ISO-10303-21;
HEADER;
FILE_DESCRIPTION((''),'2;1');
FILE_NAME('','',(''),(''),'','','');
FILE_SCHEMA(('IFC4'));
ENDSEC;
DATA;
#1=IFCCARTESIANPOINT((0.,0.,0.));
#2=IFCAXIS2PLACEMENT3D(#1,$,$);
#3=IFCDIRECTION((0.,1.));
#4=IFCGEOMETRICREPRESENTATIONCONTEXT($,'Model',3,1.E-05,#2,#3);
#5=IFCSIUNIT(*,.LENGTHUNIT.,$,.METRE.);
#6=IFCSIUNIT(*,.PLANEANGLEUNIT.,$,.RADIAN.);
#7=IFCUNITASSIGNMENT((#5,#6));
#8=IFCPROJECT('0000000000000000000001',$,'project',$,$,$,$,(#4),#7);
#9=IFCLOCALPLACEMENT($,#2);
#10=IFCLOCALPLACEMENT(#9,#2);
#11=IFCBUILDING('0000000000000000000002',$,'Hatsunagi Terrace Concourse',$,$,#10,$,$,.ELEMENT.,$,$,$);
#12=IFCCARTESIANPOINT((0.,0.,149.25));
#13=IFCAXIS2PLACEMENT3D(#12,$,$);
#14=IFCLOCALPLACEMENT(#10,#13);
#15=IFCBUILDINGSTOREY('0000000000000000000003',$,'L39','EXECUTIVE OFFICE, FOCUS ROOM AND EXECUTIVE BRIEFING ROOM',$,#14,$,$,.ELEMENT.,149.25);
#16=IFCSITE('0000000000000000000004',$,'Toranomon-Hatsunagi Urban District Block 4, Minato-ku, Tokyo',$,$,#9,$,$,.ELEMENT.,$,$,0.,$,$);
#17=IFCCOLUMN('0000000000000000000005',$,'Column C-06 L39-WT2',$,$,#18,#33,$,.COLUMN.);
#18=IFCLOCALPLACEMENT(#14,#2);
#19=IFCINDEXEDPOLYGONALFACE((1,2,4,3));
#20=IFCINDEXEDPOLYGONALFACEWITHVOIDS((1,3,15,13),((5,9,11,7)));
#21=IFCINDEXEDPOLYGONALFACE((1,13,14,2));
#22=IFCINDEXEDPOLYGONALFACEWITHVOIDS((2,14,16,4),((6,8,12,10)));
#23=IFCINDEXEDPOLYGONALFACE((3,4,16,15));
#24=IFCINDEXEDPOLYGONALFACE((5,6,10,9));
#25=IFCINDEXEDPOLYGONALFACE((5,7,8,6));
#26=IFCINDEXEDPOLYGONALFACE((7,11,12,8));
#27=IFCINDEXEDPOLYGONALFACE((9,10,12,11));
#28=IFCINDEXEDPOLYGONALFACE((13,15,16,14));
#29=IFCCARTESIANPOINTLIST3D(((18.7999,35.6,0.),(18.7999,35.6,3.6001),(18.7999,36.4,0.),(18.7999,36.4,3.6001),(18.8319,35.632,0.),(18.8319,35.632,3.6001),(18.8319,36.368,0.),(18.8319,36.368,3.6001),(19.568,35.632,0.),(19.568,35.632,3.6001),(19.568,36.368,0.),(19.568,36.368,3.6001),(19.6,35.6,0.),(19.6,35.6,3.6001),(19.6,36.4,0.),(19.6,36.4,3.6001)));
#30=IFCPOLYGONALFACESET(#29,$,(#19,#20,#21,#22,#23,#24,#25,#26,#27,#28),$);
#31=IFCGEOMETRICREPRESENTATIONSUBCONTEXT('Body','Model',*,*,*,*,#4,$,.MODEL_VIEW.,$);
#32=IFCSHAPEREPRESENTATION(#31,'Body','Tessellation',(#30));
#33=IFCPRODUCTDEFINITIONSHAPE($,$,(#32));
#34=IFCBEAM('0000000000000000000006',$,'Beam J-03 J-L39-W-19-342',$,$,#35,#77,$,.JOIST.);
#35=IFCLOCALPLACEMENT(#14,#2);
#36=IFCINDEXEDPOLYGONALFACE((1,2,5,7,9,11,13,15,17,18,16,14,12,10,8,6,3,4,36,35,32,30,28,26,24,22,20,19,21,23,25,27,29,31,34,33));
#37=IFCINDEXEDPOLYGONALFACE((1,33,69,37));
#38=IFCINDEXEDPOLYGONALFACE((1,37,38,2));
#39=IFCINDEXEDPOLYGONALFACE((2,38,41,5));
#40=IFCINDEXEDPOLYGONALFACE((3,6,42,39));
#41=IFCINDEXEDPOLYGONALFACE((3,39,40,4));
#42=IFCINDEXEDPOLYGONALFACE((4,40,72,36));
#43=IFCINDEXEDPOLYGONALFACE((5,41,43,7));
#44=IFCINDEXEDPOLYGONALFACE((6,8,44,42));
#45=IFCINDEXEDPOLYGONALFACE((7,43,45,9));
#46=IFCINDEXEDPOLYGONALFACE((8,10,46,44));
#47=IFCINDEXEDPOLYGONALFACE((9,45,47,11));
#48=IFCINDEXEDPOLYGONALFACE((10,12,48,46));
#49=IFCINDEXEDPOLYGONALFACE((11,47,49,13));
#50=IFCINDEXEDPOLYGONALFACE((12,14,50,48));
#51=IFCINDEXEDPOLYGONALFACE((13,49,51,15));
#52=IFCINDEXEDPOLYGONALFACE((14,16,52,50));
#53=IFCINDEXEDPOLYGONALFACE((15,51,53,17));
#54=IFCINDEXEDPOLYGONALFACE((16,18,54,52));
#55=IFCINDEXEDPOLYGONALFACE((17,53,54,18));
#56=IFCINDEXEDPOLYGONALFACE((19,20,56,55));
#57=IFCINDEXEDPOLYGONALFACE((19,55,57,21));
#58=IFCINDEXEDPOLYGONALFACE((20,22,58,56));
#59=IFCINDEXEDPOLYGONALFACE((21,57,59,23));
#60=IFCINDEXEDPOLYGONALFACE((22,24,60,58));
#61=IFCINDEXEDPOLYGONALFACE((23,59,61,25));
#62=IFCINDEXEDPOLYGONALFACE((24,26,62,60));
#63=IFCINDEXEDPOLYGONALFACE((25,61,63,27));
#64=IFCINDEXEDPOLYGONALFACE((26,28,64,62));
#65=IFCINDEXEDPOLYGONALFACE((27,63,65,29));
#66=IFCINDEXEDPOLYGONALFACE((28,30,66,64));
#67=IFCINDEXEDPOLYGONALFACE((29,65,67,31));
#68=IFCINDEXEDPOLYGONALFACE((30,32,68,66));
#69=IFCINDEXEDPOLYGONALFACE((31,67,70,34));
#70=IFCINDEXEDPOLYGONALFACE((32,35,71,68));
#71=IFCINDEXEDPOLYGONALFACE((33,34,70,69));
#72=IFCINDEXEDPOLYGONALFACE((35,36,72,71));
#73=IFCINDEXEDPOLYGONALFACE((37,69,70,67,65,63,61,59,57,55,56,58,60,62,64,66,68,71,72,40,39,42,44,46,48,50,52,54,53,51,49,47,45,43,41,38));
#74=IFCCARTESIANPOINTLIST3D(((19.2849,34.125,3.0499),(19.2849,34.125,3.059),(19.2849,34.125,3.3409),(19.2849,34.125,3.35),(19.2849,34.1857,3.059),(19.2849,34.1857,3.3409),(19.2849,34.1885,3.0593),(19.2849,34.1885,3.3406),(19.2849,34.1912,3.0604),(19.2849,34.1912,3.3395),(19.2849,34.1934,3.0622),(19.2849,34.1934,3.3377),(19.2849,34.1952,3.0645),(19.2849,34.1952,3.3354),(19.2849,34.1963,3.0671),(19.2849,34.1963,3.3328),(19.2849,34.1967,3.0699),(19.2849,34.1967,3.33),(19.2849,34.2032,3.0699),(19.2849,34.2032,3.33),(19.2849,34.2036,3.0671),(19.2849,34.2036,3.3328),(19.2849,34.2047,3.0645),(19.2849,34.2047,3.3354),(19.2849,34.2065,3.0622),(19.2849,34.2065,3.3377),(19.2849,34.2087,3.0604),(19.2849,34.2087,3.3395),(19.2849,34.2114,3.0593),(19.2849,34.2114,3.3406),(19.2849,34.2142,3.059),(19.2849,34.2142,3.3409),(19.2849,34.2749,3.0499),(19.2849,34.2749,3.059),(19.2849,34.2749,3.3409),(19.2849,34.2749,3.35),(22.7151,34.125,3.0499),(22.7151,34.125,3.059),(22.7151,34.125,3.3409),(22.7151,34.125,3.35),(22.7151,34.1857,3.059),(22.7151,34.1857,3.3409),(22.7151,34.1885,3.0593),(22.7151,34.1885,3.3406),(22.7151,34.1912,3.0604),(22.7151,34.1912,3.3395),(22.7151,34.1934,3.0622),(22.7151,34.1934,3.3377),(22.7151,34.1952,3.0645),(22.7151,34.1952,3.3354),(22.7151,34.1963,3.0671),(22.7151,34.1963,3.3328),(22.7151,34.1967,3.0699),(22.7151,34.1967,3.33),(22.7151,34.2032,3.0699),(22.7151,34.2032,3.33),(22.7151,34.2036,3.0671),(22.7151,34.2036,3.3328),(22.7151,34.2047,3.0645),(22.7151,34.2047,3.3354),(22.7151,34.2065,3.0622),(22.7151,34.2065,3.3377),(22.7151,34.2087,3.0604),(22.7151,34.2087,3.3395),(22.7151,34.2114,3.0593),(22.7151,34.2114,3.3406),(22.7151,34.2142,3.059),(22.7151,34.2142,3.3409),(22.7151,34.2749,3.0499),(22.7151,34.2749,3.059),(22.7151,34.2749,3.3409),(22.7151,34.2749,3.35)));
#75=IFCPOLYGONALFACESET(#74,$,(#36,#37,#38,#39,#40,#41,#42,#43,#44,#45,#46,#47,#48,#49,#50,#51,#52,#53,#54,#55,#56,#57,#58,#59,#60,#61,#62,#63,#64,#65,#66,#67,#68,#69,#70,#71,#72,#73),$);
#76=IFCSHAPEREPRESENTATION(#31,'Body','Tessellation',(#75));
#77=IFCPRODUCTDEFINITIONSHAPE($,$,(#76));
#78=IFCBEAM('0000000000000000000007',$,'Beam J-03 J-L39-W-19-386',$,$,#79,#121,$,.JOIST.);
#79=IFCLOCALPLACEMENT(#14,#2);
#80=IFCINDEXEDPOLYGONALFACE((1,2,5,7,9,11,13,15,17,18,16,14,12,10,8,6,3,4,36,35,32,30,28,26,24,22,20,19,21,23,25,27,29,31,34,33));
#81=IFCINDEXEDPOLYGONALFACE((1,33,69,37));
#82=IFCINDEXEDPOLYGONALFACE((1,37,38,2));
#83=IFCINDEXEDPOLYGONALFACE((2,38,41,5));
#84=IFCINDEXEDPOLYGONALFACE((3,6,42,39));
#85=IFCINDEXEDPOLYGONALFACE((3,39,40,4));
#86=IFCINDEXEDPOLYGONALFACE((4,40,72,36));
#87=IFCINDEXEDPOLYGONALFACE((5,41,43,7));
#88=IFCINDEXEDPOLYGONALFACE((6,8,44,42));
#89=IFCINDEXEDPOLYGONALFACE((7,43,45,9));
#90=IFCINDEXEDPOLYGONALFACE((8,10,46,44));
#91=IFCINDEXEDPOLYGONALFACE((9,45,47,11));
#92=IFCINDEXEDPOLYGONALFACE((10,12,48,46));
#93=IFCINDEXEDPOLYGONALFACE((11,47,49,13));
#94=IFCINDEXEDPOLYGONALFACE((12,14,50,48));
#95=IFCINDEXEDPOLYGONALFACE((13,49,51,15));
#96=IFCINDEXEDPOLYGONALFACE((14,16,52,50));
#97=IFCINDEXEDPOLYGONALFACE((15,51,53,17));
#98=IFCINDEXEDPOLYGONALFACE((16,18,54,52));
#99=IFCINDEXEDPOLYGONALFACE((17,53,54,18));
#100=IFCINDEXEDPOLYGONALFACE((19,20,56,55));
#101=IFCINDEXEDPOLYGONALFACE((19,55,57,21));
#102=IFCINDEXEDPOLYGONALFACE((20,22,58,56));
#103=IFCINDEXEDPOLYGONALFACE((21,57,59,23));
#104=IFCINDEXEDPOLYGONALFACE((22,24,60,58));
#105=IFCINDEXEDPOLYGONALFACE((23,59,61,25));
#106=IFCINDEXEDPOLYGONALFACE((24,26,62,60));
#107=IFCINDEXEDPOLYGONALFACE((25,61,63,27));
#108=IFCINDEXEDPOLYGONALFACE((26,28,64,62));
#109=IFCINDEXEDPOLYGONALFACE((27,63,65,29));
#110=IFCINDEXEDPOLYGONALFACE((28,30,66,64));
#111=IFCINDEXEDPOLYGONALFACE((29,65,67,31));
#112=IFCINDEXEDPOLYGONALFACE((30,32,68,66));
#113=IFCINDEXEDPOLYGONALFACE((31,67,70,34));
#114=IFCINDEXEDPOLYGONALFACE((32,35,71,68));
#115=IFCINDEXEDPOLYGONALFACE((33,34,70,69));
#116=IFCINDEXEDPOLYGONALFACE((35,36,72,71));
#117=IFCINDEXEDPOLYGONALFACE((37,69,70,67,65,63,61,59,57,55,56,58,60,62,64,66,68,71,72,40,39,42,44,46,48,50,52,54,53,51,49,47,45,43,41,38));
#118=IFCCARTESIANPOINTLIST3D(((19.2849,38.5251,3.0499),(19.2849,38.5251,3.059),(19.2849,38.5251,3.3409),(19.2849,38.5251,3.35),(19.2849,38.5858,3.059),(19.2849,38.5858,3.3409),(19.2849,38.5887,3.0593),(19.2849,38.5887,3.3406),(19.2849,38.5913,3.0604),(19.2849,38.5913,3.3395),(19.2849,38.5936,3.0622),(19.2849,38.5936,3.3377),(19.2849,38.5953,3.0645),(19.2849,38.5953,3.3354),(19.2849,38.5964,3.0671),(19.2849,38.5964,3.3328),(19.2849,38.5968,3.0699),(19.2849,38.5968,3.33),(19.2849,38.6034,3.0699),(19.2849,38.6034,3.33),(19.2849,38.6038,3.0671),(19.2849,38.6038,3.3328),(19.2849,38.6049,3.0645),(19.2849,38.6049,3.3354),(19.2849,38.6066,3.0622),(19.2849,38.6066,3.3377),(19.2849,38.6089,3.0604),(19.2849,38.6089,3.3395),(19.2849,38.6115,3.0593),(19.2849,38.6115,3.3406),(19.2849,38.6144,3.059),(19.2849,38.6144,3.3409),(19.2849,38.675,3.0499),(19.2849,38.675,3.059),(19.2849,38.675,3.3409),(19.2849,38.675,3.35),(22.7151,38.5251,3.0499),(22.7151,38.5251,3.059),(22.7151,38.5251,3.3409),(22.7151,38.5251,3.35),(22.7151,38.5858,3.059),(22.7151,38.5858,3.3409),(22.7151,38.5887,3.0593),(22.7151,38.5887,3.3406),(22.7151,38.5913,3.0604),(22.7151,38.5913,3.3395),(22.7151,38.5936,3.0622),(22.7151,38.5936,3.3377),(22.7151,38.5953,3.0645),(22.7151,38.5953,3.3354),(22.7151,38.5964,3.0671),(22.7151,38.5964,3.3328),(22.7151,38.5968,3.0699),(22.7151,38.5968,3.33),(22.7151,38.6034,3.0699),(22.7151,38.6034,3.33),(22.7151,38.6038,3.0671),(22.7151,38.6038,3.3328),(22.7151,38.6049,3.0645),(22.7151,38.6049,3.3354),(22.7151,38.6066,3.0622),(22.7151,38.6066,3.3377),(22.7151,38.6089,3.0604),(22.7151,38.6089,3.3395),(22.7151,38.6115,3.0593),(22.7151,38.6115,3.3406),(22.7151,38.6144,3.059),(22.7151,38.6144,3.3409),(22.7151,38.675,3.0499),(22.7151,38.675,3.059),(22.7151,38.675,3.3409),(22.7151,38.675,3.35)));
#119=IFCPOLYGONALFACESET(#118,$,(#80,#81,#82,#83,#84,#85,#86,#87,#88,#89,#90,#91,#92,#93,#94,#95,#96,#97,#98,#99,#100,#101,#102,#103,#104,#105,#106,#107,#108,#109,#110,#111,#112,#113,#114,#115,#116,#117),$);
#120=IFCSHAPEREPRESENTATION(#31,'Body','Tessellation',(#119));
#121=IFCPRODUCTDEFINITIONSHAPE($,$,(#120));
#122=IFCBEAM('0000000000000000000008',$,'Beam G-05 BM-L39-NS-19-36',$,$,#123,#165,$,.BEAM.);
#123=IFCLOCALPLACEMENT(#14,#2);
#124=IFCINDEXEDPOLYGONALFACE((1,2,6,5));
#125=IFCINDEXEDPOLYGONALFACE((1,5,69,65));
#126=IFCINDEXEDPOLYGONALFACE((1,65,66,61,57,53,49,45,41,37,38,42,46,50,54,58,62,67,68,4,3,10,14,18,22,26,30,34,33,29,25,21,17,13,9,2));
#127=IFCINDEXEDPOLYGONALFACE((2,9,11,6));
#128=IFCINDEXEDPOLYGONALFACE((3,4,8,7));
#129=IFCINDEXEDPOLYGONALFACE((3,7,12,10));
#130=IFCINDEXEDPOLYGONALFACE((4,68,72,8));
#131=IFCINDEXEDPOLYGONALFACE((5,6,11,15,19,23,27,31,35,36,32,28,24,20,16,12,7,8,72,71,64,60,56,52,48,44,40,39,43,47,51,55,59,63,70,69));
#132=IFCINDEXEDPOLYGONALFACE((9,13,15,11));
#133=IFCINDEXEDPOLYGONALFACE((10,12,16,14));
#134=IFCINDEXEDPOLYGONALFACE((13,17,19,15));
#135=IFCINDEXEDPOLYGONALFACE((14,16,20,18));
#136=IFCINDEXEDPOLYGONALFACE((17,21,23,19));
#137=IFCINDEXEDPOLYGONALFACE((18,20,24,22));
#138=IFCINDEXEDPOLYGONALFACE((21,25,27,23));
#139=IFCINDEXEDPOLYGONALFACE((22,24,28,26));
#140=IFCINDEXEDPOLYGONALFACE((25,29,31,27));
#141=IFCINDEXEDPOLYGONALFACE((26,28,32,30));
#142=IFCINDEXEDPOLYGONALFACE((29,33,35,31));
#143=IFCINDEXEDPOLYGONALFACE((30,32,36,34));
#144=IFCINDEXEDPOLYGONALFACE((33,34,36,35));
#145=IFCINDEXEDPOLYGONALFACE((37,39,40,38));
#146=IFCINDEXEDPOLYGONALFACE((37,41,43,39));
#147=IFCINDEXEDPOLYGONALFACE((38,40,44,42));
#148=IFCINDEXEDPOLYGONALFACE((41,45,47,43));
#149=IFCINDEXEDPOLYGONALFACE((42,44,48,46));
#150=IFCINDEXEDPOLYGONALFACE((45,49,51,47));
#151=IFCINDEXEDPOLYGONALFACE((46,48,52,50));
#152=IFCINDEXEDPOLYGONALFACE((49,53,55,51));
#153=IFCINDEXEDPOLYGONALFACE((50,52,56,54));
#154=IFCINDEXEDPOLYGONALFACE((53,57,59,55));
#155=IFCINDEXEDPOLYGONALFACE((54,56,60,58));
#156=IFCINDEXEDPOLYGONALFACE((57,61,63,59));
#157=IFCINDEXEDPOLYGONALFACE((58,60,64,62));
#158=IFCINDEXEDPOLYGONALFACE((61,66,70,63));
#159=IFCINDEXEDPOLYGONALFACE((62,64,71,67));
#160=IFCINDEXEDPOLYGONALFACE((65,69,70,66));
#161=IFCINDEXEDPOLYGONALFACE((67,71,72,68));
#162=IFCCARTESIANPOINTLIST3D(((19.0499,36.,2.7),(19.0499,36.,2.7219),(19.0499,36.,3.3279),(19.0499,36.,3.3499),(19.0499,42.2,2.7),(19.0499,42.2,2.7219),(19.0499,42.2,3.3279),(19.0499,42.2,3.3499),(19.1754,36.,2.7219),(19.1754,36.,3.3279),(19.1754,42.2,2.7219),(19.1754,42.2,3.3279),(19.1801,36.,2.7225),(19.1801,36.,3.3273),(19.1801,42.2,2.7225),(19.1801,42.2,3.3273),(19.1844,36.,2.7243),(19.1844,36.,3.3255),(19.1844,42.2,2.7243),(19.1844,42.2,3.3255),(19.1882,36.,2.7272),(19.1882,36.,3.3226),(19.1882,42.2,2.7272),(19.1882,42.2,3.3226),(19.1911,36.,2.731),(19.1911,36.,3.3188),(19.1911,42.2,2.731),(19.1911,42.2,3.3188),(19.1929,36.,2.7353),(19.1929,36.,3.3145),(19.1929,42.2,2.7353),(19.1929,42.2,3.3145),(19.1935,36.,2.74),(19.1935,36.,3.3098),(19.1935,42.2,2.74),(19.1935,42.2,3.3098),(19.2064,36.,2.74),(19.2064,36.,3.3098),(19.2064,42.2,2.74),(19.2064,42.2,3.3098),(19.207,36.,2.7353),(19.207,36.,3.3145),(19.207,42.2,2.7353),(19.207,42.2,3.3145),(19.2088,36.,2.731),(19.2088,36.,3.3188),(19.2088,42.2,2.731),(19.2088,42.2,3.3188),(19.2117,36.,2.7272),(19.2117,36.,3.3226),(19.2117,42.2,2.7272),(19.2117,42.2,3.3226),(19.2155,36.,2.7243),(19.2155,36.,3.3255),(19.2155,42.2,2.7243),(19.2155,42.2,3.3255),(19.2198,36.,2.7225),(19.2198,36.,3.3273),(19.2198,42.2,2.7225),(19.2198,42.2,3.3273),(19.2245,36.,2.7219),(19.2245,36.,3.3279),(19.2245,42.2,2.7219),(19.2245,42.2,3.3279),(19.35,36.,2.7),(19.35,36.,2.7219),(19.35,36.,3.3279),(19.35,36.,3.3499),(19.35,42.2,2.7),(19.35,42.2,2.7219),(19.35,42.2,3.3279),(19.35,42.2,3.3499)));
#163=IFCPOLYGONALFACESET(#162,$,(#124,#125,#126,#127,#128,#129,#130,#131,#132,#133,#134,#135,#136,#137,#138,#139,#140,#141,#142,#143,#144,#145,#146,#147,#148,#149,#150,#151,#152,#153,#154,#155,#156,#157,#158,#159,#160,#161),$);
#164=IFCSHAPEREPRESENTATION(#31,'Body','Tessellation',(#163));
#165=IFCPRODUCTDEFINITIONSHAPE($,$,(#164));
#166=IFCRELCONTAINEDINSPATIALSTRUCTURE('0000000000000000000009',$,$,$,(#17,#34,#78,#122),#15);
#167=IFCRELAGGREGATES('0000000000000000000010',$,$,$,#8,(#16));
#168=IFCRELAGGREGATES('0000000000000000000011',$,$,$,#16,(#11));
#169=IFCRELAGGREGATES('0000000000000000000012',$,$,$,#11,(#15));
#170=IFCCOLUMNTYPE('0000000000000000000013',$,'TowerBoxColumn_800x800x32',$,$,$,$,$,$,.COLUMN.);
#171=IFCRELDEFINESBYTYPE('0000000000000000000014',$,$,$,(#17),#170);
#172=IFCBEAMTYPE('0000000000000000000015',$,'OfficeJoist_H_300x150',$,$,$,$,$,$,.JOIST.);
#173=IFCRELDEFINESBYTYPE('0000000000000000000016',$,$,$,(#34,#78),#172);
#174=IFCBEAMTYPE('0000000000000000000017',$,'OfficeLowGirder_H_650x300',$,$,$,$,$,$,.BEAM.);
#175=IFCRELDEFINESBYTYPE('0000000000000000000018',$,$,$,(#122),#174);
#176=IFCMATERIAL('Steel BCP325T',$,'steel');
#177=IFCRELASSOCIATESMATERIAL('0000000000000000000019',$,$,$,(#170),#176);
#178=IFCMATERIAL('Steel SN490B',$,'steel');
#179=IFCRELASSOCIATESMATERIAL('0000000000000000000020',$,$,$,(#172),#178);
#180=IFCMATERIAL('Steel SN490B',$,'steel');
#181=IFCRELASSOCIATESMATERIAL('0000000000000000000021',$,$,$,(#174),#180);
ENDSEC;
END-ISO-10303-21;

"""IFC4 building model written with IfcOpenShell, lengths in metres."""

from ifc_helpers import new_model, si_unit, direction, frame, origin, origin_2d, place, context, subcontext, project, spatial, hollow_rectangle, i_section, extrude, material, material_profile, profile_set, type_object, element, save


model = new_model("IFC4")

# Units and contexts
model_context = context("Model", 3, precision=1e-05, world=origin(), true_north=direction((0.0, 1.0)))
body_context = subcontext(model_context, "Body", "Model", "MODEL_VIEW")
ifc_project = project(units=[si_unit("LENGTHUNIT", "METRE"), si_unit("PLANEANGLEUNIT", "RADIAN")], contexts=[model_context])

# Site, building, storey
site_placement = place(None, origin())
site = spatial("IfcSite", under=ifc_project, at=site_placement, Name="Toranomon-Hatsunagi Urban District Block 4, Minato-ku, Tokyo", CompositionType="ELEMENT", RefElevation=0.0)
building_placement = place(site_placement, origin())
building = spatial("IfcBuilding", under=site, at=building_placement, Name="Hatsunagi Terrace Concourse", CompositionType="ELEMENT")
storey_placement = place(building_placement, frame((0.0, 0.0, 149.25)))
storey = spatial("IfcBuildingStorey", under=building, at=storey_placement, Name="L39", Description="EXECUTIVE OFFICE, FOCUS ROOM AND EXECUTIVE BRIEFING ROOM", CompositionType="ELEMENT", Elevation=149.25)

# Column
ifc_material_1 = material(Name="Steel BCP325T", Category="steel")
ifc_material_profile_1 = material_profile(ifc_material_1, hollow_rectangle(XDim=0.8, YDim=0.8, WallThickness=0.032, at=origin_2d()), Name="BCP-800x800x32")
ifc_profile_set_1 = profile_set([ifc_material_profile_1], Name="Steel BCP325T")
column_type = type_object("IfcColumnType", Name="TowerBoxColumn_800x800x32", PredefinedType="COLUMN", material=ifc_profile_set_1)
column_placement = place(storey_placement, frame((19.2, 36.0, 0.0), z_axis=(0.0, 0.0, 1.0), x_axis=(1.0, 0.0, 0.0)))
element("IfcColumn", 1, at=column_placement, inside=storey, type_object=column_type, Name="Column C-06 L39-WT2", PredefinedType="COLUMN", context=body_context, shape_type="SweptSolid", body=[
    extrude(hollow_rectangle(XDim=0.8, YDim=0.8, WallThickness=0.032, at=origin_2d()), origin(), (0.0, 0.0, 1.0), 3.6001),
])

# Beams
ifc_material_2 = material(Name="Steel SN490B", Category="steel")
ifc_material_profile_2 = material_profile(ifc_material_2, i_section(OverallWidth=0.1499, OverallDepth=0.3, WebThickness=0.0066, FlangeThickness=0.009, FilletRadius=0.011, at=origin_2d()), Name="H-300x150x6.5x9")
ifc_profile_set_2 = profile_set([ifc_material_profile_2], Name="Steel SN490B")
beam_type_1 = type_object("IfcBeamType", Name="OfficeJoist_H_300x150", PredefinedType="JOIST", material=ifc_profile_set_2)
for number, where, z_axis, x_axis, name in (
    (2, (19.2849, 34.2, 3.2), (1.0, 0.0, 0.0), (0.0, 1.0, 0.0), "Beam J-03 J-L39-W-19-342"),
    (3, (19.2849, 38.6001, 3.2), (1.0, 0.0, 0.0), (0.0, 1.0, 0.0), "Beam J-03 J-L39-W-19-386"),
):
    element("IfcBeam", number, at=place(storey_placement, frame(where, z_axis=z_axis, x_axis=x_axis)), inside=storey, type_object=beam_type_1, Name=name, PredefinedType="JOIST", context=body_context, shape_type="SweptSolid", body=[
        extrude(i_section(OverallWidth=0.1499, OverallDepth=0.3, WebThickness=0.0066, FlangeThickness=0.009, FilletRadius=0.011, at=origin_2d()), origin(), (0.0, 0.0, 1.0), 3.4302),
    ])
ifc_material_3 = material(Name="Steel SN490B", Category="steel")
ifc_material_profile_3 = material_profile(ifc_material_3, i_section(OverallWidth=0.3, OverallDepth=0.6499, WebThickness=0.0129, FlangeThickness=0.022, FilletRadius=0.0181, at=origin_2d()), Name="H-650x300x13x22")
ifc_profile_set_3 = profile_set([ifc_material_profile_3], Name="Steel SN490B")
beam_type_2 = type_object("IfcBeamType", Name="OfficeLowGirder_H_650x300", PredefinedType="BEAM", material=ifc_profile_set_3)
beam_1_placement = place(storey_placement, frame((19.2, 36.0, 3.0249), z_axis=(0.0, 1.0, 0.0), x_axis=(-1.0, 0.0, 0.0)))
element("IfcBeam", 4, at=beam_1_placement, inside=storey, type_object=beam_type_2, Name="Beam G-05 BM-L39-NS-19-36", PredefinedType="BEAM", context=body_context, shape_type="SweptSolid", body=[
    extrude(i_section(OverallWidth=0.3, OverallDepth=0.6499, WebThickness=0.0129, FlangeThickness=0.022, FilletRadius=0.0181, at=origin_2d()), origin(), (0.0, 0.0, 1.0), 6.2),
])

save(model, "model.ifc")
